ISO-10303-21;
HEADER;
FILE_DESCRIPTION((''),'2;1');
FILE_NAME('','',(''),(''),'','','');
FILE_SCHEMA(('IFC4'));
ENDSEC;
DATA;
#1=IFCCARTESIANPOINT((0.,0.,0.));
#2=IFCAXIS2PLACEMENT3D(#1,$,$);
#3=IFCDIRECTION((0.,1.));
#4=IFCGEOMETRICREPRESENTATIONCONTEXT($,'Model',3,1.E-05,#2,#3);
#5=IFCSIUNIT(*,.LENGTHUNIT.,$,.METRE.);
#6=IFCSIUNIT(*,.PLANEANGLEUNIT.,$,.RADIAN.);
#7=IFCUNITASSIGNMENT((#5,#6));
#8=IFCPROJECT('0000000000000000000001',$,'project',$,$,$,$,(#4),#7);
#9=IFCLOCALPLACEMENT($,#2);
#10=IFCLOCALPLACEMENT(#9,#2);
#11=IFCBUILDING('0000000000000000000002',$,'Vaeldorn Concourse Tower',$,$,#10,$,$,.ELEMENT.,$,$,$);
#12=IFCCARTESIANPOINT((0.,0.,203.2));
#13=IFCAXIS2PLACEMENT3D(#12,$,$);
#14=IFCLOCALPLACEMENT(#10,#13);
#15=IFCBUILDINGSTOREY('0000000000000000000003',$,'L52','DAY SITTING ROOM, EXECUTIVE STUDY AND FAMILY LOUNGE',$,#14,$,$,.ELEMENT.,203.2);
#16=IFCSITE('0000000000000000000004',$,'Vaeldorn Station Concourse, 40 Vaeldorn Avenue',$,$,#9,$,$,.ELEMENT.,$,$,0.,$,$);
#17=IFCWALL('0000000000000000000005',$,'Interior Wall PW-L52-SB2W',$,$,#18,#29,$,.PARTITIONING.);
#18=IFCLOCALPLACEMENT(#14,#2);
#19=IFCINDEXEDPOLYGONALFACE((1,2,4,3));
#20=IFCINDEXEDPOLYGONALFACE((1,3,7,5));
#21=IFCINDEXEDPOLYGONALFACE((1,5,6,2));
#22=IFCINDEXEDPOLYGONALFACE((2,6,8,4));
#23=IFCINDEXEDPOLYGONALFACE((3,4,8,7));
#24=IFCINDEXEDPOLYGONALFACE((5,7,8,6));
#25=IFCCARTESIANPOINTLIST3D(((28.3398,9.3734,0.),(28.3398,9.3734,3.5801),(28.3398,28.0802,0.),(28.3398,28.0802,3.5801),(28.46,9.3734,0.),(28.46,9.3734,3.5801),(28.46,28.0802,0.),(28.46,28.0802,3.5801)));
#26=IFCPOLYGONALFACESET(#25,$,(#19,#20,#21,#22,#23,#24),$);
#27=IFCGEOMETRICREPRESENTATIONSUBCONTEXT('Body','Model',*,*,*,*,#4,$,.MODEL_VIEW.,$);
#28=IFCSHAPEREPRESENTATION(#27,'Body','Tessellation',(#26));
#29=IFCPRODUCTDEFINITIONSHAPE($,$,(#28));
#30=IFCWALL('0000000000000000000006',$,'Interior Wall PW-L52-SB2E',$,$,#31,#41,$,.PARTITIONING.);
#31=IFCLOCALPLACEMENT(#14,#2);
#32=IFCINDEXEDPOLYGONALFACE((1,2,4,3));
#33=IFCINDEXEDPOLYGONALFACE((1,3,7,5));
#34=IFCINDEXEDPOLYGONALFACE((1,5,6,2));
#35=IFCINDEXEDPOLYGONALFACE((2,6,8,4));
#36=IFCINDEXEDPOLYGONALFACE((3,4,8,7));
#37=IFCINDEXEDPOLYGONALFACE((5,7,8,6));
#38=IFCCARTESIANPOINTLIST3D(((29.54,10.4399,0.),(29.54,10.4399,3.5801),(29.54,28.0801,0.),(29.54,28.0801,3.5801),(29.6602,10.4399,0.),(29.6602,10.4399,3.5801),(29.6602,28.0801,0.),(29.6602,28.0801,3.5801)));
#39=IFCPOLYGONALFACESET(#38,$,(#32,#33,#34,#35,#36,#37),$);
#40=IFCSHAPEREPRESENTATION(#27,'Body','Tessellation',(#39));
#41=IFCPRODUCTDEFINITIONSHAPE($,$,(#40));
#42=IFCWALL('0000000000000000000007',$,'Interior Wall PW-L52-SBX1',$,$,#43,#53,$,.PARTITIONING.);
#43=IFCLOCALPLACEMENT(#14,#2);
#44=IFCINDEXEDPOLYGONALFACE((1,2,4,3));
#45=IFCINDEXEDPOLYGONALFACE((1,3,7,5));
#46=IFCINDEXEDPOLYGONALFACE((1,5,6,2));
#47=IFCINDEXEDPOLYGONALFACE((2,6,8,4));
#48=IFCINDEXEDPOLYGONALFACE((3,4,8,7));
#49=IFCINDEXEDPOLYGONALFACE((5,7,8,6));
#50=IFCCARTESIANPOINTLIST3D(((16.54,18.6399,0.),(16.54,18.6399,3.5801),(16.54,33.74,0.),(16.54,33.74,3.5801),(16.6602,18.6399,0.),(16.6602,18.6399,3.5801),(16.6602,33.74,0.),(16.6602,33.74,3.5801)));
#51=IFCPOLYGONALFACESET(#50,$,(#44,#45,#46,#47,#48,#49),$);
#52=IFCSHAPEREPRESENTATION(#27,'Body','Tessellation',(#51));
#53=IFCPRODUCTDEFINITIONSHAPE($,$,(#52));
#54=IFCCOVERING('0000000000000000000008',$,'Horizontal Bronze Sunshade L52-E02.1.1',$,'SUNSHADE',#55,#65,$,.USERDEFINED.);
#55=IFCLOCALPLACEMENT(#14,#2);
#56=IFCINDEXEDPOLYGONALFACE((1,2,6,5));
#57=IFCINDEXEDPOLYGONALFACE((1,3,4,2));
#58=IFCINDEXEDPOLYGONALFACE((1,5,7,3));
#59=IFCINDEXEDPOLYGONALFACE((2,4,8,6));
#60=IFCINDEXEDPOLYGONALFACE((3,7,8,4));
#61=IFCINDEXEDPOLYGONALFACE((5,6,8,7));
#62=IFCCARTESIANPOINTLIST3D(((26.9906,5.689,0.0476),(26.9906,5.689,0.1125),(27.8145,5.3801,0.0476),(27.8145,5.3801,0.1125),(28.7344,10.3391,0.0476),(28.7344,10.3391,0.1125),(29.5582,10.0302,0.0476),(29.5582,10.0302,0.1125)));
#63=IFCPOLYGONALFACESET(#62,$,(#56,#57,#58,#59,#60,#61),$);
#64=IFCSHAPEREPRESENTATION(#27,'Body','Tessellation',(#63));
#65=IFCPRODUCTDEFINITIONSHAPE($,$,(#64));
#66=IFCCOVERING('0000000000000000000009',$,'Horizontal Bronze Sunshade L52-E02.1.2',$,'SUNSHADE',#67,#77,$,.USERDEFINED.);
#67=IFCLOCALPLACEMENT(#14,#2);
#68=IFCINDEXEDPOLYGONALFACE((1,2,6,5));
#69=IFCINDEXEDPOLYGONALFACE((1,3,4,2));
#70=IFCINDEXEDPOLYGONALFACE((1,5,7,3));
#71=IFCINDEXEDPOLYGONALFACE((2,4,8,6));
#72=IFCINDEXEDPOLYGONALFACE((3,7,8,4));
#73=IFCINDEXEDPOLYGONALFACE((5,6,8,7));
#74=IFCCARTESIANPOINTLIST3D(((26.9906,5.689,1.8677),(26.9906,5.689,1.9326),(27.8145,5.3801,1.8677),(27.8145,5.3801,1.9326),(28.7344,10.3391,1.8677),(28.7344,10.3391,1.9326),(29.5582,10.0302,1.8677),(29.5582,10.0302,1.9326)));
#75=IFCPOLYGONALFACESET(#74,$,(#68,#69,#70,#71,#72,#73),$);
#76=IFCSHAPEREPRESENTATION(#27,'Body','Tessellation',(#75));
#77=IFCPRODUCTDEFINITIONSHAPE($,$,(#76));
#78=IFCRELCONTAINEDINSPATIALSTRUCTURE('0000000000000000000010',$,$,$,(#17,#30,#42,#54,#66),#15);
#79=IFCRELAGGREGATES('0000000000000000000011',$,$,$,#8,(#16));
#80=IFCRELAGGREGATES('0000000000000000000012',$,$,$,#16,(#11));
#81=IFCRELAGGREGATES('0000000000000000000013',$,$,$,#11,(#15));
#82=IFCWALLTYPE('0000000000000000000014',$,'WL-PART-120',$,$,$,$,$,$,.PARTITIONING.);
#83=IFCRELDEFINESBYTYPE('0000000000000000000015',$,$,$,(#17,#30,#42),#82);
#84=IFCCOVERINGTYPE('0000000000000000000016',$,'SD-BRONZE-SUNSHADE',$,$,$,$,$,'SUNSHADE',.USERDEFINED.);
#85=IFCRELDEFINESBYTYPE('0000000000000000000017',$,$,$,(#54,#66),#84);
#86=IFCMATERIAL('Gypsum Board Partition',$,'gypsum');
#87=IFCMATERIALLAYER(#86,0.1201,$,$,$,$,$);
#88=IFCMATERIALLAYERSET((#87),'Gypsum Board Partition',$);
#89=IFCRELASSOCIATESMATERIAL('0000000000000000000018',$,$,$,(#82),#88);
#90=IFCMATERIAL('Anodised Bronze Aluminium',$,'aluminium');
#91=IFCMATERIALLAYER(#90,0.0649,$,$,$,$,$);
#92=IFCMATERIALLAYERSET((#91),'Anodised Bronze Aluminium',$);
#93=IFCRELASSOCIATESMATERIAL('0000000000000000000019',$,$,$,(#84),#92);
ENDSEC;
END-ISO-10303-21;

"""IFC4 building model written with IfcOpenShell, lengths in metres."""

from ifc_helpers import new_model, si_unit, direction, frame, frame_2d, origin, origin_2d, place, context, subcontext, project, spatial, rectangle, extrude, source, transform, mapped, material, layer, layer_set, type_object, element, save


model = new_model("IFC4")

# Units and contexts
model_context = context("Model", 3, precision=1e-05, world=origin(), true_north=direction((0.0, 1.0)))
body_context = subcontext(model_context, "Body", "Model", "MODEL_VIEW")
ifc_project = project(units=[si_unit("LENGTHUNIT", "METRE"), si_unit("PLANEANGLEUNIT", "RADIAN")], contexts=[model_context])

# Site, building, storey
site_placement = place(None, origin())
site = spatial("IfcSite", under=ifc_project, at=site_placement, Name="Vaeldorn Station Concourse, 40 Vaeldorn Avenue", CompositionType="ELEMENT", RefElevation=0.0)
building_placement = place(site_placement, origin())
building = spatial("IfcBuilding", under=site, at=building_placement, Name="Vaeldorn Concourse Tower", CompositionType="ELEMENT")
storey_placement = place(building_placement, frame((0.0, 0.0, 203.2)))
storey = spatial("IfcBuildingStorey", under=building, at=storey_placement, Name="L52", Description="DAY SITTING ROOM, EXECUTIVE STUDY AND FAMILY LOUNGE", CompositionType="ELEMENT", Elevation=203.2)

# Shared definitions
ifc_material_1 = material(Name="Anodised Bronze Aluminium", Category="aluminium")

# Walls
ifc_material_2 = material(Name="Gypsum Board Partition", Category="gypsum")
ifc_layer_1 = layer(ifc_material_2, 0.1201)
ifc_layer_set_1 = layer_set([ifc_layer_1], Name="Gypsum Board Partition")
wall_type = type_object("IfcWallType", Name="WL-PART-120", PredefinedType="PARTITIONING", material=ifc_layer_set_1)
wall_1_placement = place(storey_placement, frame((28.3999, 9.3733, 0.0), z_axis=(0.0, 0.0, 1.0), x_axis=(0.0, 1.0, 0.0)))
element("IfcWall", 1, at=wall_1_placement, inside=storey, type_object=wall_type, Name="Interior Wall PW-L52-SB2W", PredefinedType="PARTITIONING", context=body_context, shape_type="SweptSolid", body=[
    extrude(rectangle(XDim=18.7068, YDim=0.1201, at=frame_2d((9.3535, 0.0))), origin(), (0.0, 0.0, 1.0), 3.5801),
])
wall_2_placement = place(storey_placement, frame((29.6001, 10.4399, 0.0), z_axis=(0.0, 0.0, 1.0), x_axis=(0.0, 1.0, 0.0)))
element("IfcWall", 2, at=wall_2_placement, inside=storey, type_object=wall_type, Name="Interior Wall PW-L52-SB2E", PredefinedType="PARTITIONING", context=body_context, shape_type="SweptSolid", body=[
    extrude(rectangle(XDim=17.6401, YDim=0.1201, at=frame_2d((8.8201, 0.0))), origin(), (0.0, 0.0, 1.0), 3.5801),
])
wall_3_placement = place(storey_placement, frame((16.6001, 18.6399, 0.0), z_axis=(0.0, 0.0, 1.0), x_axis=(0.0, 1.0, 0.0)))
element("IfcWall", 3, at=wall_3_placement, inside=storey, type_object=wall_type, Name="Interior Wall PW-L52-SBX1", PredefinedType="PARTITIONING", context=body_context, shape_type="SweptSolid", body=[
    extrude(rectangle(XDim=15.1001, YDim=0.1201, at=frame_2d((7.55, 0.0))), origin(), (0.0, 0.0, 1.0), 3.5801),
])

# Coverings
ifc_layer_2 = layer(ifc_material_1, 0.0649)
ifc_layer_set_2 = layer_set([ifc_layer_2], Name="Anodised Bronze Aluminium")
covering_type = type_object("IfcCoveringType", Name="SD-BRONZE-SUNSHADE", ElementType="SUNSHADE", PredefinedType="USERDEFINED", material=ifc_layer_set_2)
shared_shape_1 = source(origin(), body_context, "Body", "SweptSolid", [
    extrude(rectangle(XDim=4.9663, YDim=0.8799, at=origin_2d()), origin(), (0.0, 0.0, 1.0), 0.0649),
])
for number, where, z_axis, x_axis, name in (
    (4, (28.2744, 7.8596, 0.0476), (0.0, 0.0, 1.0), (0.351123, 0.936329, 0.0), "Horizontal Bronze Sunshade L52-E02.1.1"),
    (5, (28.2744, 7.8596, 1.8677), (0.0, 0.0, 1.0), (0.351123, 0.936329, 0.0), "Horizontal Bronze Sunshade L52-E02.1.2"),
):
    element("IfcCovering", number, at=place(storey_placement, frame(where, z_axis=z_axis, x_axis=x_axis)), inside=storey, type_object=covering_type, Name=name, ObjectType="SUNSHADE", PredefinedType="USERDEFINED", context=body_context, shape_type="MappedRepresentation", body=[
        mapped(shared_shape_1, transform((0.0, 0.0, 0.0), scale=1.0)),
    ])

save(model, "model.ifc")
